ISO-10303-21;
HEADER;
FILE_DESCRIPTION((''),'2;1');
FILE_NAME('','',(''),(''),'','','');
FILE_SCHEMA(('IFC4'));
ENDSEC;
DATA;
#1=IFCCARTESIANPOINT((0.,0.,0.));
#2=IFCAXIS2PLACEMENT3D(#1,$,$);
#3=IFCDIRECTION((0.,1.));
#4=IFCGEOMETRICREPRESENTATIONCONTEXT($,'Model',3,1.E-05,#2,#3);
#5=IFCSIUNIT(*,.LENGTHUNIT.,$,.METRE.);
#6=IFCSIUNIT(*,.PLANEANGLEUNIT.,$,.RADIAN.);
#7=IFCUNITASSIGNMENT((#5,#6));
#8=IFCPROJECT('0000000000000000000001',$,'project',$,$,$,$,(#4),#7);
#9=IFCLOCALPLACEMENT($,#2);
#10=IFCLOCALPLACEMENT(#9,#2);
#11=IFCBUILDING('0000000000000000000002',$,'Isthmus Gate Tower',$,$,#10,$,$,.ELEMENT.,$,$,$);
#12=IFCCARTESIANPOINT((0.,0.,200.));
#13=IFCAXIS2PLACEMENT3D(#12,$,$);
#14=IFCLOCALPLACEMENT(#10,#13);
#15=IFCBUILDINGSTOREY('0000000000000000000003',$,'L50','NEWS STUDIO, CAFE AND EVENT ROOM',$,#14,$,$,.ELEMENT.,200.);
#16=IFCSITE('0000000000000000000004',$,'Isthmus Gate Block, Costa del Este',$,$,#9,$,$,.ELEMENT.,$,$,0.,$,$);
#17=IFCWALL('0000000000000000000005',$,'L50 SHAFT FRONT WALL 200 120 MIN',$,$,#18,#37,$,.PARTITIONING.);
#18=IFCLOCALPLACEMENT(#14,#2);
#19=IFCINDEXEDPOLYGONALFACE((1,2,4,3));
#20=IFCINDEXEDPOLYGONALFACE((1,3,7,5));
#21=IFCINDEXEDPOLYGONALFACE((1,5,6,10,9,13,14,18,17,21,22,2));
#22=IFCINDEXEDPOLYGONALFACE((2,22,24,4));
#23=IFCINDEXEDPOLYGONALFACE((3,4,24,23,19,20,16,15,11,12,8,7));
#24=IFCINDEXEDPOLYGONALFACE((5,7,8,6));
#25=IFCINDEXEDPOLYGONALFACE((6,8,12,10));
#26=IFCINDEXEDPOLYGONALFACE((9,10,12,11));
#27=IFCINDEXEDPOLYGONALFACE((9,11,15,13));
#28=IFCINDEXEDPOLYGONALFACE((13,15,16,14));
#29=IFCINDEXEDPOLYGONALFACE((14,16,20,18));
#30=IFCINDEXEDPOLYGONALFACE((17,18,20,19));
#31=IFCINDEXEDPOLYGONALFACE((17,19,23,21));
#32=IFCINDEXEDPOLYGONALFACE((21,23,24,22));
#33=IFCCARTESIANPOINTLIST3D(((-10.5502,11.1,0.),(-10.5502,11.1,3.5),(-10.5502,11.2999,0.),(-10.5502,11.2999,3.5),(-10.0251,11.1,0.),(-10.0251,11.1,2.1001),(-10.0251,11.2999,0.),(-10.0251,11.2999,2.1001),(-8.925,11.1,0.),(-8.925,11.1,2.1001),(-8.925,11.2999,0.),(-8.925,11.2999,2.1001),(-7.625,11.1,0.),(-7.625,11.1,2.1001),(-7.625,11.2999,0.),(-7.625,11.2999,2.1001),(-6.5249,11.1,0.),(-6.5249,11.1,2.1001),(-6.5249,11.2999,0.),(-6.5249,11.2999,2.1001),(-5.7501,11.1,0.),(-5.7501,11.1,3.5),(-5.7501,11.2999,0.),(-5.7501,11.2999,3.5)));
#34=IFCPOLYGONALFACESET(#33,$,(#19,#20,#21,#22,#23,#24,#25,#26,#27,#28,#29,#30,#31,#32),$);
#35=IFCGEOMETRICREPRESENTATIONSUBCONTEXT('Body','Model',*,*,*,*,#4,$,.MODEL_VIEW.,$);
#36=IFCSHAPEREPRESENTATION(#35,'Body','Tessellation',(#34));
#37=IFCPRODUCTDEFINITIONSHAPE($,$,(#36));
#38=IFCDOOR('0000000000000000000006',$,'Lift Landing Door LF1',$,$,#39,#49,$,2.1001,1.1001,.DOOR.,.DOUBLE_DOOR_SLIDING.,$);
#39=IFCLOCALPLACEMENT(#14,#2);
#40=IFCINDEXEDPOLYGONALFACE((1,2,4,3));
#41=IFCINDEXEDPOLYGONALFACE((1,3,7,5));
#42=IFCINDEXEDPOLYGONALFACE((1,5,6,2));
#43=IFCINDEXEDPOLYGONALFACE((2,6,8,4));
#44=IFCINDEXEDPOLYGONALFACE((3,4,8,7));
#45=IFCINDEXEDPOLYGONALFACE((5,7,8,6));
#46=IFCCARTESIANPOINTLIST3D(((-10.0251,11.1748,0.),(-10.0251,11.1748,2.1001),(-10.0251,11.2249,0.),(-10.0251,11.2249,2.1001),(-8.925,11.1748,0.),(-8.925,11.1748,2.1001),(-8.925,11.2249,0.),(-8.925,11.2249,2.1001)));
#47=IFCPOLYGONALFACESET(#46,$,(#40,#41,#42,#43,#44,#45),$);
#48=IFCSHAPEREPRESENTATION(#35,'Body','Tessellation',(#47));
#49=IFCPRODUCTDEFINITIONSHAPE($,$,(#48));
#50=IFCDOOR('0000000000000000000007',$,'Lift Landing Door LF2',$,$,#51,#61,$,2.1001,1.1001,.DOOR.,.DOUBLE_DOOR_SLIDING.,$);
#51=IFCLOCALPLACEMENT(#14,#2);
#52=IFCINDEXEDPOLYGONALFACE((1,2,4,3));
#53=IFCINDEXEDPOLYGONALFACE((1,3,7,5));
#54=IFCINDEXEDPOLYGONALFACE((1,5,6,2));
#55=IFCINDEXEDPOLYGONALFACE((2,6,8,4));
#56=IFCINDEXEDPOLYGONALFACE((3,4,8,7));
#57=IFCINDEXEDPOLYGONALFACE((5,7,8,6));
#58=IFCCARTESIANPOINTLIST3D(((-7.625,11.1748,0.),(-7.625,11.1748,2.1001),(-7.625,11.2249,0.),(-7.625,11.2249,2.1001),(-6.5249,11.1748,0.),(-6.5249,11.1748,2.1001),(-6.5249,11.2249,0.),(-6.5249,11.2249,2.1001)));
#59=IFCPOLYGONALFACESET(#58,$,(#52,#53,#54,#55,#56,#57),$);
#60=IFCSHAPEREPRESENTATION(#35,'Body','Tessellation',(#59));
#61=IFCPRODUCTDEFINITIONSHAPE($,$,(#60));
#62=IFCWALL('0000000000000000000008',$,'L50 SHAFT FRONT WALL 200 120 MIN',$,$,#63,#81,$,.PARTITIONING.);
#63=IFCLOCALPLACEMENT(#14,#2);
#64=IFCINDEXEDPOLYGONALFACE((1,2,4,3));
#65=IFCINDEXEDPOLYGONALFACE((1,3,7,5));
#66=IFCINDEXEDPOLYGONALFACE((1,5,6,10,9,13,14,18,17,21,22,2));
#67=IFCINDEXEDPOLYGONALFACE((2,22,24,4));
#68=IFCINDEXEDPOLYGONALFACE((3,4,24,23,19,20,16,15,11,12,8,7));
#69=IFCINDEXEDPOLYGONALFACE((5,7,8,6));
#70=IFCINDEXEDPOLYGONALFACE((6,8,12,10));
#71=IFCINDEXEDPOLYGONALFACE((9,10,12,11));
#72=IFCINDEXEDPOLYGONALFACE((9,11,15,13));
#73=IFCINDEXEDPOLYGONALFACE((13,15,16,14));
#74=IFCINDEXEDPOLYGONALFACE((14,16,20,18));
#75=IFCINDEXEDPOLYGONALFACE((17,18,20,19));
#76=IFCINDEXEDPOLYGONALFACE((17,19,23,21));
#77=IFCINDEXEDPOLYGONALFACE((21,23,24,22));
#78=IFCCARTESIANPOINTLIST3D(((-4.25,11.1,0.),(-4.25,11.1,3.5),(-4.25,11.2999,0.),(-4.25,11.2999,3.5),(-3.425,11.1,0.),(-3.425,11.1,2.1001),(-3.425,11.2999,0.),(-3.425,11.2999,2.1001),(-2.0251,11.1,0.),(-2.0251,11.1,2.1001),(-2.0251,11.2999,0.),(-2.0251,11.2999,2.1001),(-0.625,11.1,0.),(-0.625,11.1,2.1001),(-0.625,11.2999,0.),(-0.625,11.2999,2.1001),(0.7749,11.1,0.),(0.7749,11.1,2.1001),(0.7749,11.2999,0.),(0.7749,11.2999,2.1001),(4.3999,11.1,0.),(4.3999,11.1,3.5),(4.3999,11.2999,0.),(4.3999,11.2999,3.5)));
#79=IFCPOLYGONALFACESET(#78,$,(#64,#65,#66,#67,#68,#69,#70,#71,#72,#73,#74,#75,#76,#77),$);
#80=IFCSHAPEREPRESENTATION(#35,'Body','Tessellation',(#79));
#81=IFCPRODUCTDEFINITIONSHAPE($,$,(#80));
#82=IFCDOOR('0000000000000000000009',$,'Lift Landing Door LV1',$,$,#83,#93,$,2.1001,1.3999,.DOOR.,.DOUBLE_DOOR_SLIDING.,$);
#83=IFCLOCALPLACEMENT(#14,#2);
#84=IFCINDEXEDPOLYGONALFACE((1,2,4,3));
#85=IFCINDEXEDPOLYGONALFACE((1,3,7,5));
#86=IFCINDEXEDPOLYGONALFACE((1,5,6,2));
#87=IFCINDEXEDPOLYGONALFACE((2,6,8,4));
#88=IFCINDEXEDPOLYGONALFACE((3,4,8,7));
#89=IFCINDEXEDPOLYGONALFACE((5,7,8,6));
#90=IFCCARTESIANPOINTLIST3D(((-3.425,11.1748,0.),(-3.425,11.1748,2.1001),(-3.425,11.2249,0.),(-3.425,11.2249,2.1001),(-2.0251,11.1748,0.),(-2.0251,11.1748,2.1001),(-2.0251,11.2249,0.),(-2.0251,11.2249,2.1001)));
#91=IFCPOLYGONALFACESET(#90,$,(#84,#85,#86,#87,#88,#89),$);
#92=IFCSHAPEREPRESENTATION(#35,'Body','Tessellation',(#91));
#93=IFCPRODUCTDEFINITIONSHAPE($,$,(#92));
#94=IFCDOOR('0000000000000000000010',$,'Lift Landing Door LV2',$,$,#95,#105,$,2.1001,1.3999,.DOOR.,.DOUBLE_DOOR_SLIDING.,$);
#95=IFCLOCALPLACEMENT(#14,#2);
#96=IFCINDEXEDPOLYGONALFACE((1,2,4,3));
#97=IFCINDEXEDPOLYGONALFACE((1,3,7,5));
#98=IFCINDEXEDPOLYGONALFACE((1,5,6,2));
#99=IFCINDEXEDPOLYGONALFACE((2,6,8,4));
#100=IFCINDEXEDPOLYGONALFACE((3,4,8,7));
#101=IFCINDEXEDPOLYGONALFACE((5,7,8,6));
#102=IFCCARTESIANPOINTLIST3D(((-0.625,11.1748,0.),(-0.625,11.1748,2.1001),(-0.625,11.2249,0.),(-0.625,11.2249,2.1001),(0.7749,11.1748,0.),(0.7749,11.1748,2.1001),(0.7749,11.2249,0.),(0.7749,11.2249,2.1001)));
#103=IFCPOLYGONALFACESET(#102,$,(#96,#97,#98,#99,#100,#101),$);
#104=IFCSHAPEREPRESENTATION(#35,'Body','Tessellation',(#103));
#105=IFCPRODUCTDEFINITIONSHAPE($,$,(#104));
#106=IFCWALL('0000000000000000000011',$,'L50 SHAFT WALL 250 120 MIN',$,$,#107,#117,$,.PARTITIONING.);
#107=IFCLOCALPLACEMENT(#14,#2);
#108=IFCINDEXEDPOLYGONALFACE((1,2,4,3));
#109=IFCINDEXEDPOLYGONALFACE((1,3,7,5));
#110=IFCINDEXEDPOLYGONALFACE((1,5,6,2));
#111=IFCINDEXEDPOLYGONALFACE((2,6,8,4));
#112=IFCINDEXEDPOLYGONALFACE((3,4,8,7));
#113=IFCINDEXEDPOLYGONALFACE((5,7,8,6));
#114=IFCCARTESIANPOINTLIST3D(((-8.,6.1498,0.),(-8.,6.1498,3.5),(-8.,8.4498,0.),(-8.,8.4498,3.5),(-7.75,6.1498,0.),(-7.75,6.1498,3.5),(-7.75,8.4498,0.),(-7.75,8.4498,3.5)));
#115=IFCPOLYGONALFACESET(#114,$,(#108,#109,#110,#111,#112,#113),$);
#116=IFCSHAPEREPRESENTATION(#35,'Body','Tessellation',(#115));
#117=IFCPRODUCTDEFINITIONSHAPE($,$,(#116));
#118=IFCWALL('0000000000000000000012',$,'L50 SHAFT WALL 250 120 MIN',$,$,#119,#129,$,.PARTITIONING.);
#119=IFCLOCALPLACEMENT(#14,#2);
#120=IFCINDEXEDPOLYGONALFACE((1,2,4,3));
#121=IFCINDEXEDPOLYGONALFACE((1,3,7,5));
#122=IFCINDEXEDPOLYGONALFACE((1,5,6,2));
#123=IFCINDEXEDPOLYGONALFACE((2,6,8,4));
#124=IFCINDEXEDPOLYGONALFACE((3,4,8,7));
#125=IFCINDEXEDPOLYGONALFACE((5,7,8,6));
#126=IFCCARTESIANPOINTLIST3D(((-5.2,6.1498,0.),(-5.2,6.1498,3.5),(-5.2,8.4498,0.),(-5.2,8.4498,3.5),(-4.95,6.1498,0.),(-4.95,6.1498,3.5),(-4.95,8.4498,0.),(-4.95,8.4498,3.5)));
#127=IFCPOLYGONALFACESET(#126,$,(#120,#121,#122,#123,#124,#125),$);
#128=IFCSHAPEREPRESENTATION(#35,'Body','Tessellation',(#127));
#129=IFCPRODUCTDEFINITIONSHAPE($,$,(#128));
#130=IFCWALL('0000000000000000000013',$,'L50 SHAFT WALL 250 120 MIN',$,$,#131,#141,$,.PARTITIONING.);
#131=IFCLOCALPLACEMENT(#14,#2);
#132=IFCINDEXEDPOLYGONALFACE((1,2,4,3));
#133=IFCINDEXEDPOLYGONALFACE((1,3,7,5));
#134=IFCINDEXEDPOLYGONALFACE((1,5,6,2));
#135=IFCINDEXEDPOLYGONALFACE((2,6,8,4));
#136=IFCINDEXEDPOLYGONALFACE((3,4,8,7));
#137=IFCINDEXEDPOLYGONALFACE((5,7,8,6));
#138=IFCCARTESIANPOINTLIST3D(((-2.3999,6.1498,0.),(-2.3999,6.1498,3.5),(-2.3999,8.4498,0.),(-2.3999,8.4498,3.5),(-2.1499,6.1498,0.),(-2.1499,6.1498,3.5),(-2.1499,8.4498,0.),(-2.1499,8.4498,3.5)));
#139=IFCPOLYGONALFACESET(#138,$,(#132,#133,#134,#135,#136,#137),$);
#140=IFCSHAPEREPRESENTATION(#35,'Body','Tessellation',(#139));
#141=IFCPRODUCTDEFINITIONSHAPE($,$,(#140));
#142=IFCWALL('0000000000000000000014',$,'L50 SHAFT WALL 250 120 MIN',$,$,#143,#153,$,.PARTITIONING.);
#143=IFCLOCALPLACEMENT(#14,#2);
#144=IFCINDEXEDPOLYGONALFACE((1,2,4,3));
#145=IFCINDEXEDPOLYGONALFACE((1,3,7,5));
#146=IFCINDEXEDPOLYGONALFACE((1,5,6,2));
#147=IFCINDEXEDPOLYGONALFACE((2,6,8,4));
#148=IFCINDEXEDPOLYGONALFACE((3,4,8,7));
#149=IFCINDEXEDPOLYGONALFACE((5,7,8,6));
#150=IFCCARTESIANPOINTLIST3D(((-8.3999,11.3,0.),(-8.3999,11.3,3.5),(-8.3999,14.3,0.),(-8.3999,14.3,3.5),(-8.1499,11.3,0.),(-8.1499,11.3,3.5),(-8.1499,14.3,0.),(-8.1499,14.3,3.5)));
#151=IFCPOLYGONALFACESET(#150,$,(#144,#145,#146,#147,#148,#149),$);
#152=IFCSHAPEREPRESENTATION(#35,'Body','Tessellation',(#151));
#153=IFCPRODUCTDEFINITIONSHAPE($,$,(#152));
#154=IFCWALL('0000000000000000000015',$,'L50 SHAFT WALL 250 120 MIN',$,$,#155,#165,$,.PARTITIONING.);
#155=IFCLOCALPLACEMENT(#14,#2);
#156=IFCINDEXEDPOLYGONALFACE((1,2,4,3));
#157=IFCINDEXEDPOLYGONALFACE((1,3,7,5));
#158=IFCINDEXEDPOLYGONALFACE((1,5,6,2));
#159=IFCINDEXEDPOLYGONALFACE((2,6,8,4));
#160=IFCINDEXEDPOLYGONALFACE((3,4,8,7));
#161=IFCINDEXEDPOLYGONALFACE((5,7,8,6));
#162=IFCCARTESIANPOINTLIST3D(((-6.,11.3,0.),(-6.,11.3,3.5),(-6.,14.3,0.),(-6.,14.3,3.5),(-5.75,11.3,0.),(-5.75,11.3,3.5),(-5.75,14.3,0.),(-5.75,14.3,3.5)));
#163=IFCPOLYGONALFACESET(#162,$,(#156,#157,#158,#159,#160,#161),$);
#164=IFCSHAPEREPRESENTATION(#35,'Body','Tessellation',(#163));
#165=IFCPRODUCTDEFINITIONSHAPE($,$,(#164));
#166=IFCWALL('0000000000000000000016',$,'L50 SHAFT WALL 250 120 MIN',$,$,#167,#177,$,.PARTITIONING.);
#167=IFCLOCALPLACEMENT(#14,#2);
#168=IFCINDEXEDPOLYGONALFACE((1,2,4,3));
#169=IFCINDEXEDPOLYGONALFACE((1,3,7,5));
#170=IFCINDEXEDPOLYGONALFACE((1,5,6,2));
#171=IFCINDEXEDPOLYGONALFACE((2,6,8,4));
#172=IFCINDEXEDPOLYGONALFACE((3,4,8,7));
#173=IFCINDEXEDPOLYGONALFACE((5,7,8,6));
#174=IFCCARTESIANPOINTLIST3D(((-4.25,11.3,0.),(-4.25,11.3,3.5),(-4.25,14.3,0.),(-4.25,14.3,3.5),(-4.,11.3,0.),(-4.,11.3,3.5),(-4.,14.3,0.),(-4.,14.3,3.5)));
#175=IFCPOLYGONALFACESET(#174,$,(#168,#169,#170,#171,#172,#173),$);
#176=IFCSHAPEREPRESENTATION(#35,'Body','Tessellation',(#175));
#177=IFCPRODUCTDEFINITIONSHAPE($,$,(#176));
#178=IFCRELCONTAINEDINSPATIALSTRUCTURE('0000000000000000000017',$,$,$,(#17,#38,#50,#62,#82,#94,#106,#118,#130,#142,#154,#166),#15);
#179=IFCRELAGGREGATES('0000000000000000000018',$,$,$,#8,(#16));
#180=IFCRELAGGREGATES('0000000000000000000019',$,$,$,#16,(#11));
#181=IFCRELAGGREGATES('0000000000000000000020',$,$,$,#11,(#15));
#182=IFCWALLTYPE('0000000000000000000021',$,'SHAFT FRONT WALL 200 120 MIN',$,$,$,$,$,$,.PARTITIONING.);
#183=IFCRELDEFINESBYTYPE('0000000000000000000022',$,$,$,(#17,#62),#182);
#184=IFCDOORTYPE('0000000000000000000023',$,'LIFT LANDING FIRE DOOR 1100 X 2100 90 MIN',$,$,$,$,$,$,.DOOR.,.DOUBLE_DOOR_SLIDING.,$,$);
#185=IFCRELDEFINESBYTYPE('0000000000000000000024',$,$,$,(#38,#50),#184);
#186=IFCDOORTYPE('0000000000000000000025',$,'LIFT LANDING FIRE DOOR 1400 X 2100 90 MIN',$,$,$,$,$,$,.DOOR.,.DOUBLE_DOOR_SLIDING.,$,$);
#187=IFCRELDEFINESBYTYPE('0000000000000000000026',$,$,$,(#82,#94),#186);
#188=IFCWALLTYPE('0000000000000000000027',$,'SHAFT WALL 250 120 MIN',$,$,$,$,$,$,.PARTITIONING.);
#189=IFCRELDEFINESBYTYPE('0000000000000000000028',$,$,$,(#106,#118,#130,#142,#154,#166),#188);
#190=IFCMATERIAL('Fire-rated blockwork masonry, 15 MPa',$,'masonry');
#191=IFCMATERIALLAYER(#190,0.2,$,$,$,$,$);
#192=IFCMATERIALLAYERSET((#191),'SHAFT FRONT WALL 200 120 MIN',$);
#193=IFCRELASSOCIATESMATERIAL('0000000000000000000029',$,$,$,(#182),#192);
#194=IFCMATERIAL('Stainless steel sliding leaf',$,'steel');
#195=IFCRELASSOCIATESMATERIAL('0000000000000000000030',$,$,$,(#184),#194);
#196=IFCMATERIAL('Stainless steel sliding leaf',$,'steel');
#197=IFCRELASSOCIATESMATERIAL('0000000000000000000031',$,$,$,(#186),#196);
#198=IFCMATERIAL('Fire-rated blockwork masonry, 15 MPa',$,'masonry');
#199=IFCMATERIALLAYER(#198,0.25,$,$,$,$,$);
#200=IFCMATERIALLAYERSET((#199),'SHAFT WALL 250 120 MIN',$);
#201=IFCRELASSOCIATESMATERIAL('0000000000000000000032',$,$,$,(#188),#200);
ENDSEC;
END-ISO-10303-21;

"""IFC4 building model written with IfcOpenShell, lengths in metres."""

from ifc_helpers import new_model, si_unit, direction, frame, frame_2d, origin, place, context, subcontext, project, spatial, rectangle, extrude, material, layer, layer_set, type_object, element, fill, save


model = new_model("IFC4")

# Units and contexts
model_context = context("Model", 3, precision=1e-05, world=origin(), true_north=direction((0.0, 1.0)))
body_context = subcontext(model_context, "Body", "Model", "MODEL_VIEW")
ifc_project = project(units=[si_unit("LENGTHUNIT", "METRE"), si_unit("PLANEANGLEUNIT", "RADIAN")], contexts=[model_context])

# Site, building, storey
site_placement = place(None, origin())
site = spatial("IfcSite", under=ifc_project, at=site_placement, Name="Isthmus Gate Block, Costa del Este", CompositionType="ELEMENT", RefElevation=0.0)
building_placement = place(site_placement, origin())
building = spatial("IfcBuilding", under=site, at=building_placement, Name="Isthmus Gate Tower", CompositionType="ELEMENT")
storey_placement = place(building_placement, frame((0.0, 0.0, 200.0)))
storey = spatial("IfcBuildingStorey", under=building, at=storey_placement, Name="L50", Description="NEWS STUDIO, CAFE AND EVENT ROOM", CompositionType="ELEMENT", Elevation=200.0)

# Walls, openings, doors
ifc_material_1 = material(Name="Fire-rated blockwork masonry, 15 MPa", Category="masonry")
ifc_layer_1 = layer(ifc_material_1, 0.2)
ifc_layer_set_1 = layer_set([ifc_layer_1], Name="SHAFT FRONT WALL 200 120 MIN")
wall_type_1 = type_object("IfcWallType", Name="SHAFT FRONT WALL 200 120 MIN", PredefinedType="PARTITIONING", material=ifc_layer_set_1)
wall_1_placement = place(storey_placement, frame((-10.55, 11.2, 0.0), z_axis=(0.0, 0.0, 1.0), x_axis=(1.0, 0.0, 0.0)))
wall_1 = element("IfcWall", 1, at=wall_1_placement, inside=storey, type_object=wall_type_1, Name="L50 SHAFT FRONT WALL 200 120 MIN", PredefinedType="PARTITIONING", context=body_context, shape_type="SweptSolid", body=[
    extrude(rectangle(XDim=4.8, YDim=0.2, at=frame_2d((2.3999, 0.0))), origin(), (0.0, 0.0, 1.0), 3.5),
])
opening_1_placement = place(wall_1_placement, frame((0.5249, 0.0, 0.0)))
opening_1 = element("IfcOpeningElement", 2, at=opening_1_placement, cuts=wall_1, PredefinedType="OPENING", context=body_context, shape_type="SweptSolid", body=[
    extrude(rectangle(XDim=1.1001, YDim=2.1001, at=frame_2d((0.55, 1.05))), frame((0.0, 0.1099, 0.0), z_axis=(0.0, -1.0, 0.0), x_axis=(1.0, 0.0, 0.0)), (0.0, 0.0, 1.0), 0.22),
])
opening_2_placement = place(wall_1_placement, frame((2.925, 0.0, 0.0)))
opening_2 = element("IfcOpeningElement", 3, at=opening_2_placement, cuts=wall_1, PredefinedType="OPENING", context=body_context, shape_type="SweptSolid", body=[
    extrude(rectangle(XDim=1.1001, YDim=2.1001, at=frame_2d((0.55, 1.05))), frame((0.0, 0.1099, 0.0), z_axis=(0.0, -1.0, 0.0), x_axis=(1.0, 0.0, 0.0)), (0.0, 0.0, 1.0), 0.22),
])
ifc_material_2 = material(Name="Stainless steel sliding leaf", Category="steel")
door_type_1 = type_object("IfcDoorType", Name="LIFT LANDING FIRE DOOR 1100 X 2100 90 MIN", OperationType="DOUBLE_DOOR_SLIDING", PredefinedType="DOOR", material=ifc_material_2)
door_1_placement = place(opening_1_placement, origin())
door_1 = element("IfcDoor", 4, at=door_1_placement, inside=storey, type_object=door_type_1, Name="Lift Landing Door LF1", OperationType="DOUBLE_DOOR_SLIDING", OverallHeight=2.1001, OverallWidth=1.1001, PredefinedType="DOOR", context=body_context, shape_type="SweptSolid", body=[
    extrude(rectangle(XDim=1.1001, YDim=2.1001, at=frame_2d((0.55, 1.05))), frame((0.0, 0.0249, 0.0), z_axis=(0.0, -1.0, 0.0), x_axis=(1.0, 0.0, 0.0)), (0.0, 0.0, 1.0), 0.05),
])
fill(opening_1, door_1)
door_2_placement = place(opening_2_placement, origin())
door_2 = element("IfcDoor", 5, at=door_2_placement, inside=storey, type_object=door_type_1, Name="Lift Landing Door LF2", OperationType="DOUBLE_DOOR_SLIDING", OverallHeight=2.1001, OverallWidth=1.1001, PredefinedType="DOOR", context=body_context, shape_type="SweptSolid", body=[
    extrude(rectangle(XDim=1.1001, YDim=2.1001, at=frame_2d((0.55, 1.05))), frame((0.0, 0.0249, 0.0), z_axis=(0.0, -1.0, 0.0), x_axis=(1.0, 0.0, 0.0)), (0.0, 0.0, 1.0), 0.05),
])
fill(opening_2, door_2)
wall_2_placement = place(storey_placement, frame((-4.25, 11.2, 0.0), z_axis=(0.0, 0.0, 1.0), x_axis=(1.0, 0.0, 0.0)))
wall_2 = element("IfcWall", 6, at=wall_2_placement, inside=storey, type_object=wall_type_1, Name="L50 SHAFT FRONT WALL 200 120 MIN", PredefinedType="PARTITIONING", context=body_context, shape_type="SweptSolid", body=[
    extrude(rectangle(XDim=8.6499, YDim=0.2, at=frame_2d((4.325, 0.0))), origin(), (0.0, 0.0, 1.0), 3.5),
])
opening_3_placement = place(wall_2_placement, frame((0.825, 0.0, 0.0)))
opening_3 = element("IfcOpeningElement", 7, at=opening_3_placement, cuts=wall_2, PredefinedType="OPENING", context=body_context, shape_type="SweptSolid", body=[
    extrude(rectangle(XDim=1.3999, YDim=2.1001, at=frame_2d((0.7, 1.05))), frame((0.0, 0.1099, 0.0), z_axis=(0.0, -1.0, 0.0), x_axis=(1.0, 0.0, 0.0)), (0.0, 0.0, 1.0), 0.22),
])
opening_4_placement = place(wall_2_placement, frame((3.625, 0.0, 0.0)))
opening_4 = element("IfcOpeningElement", 8, at=opening_4_placement, cuts=wall_2, PredefinedType="OPENING", context=body_context, shape_type="SweptSolid", body=[
    extrude(rectangle(XDim=1.3999, YDim=2.1001, at=frame_2d((0.7, 1.05))), frame((0.0, 0.1099, 0.0), z_axis=(0.0, -1.0, 0.0), x_axis=(1.0, 0.0, 0.0)), (0.0, 0.0, 1.0), 0.22),
])
ifc_material_3 = material(Name="Stainless steel sliding leaf", Category="steel")
door_type_2 = type_object("IfcDoorType", Name="LIFT LANDING FIRE DOOR 1400 X 2100 90 MIN", OperationType="DOUBLE_DOOR_SLIDING", PredefinedType="DOOR", material=ifc_material_3)
door_3_placement = place(opening_3_placement, origin())
door_3 = element("IfcDoor", 9, at=door_3_placement, inside=storey, type_object=door_type_2, Name="Lift Landing Door LV1", OperationType="DOUBLE_DOOR_SLIDING", OverallHeight=2.1001, OverallWidth=1.3999, PredefinedType="DOOR", context=body_context, shape_type="SweptSolid", body=[
    extrude(rectangle(XDim=1.3999, YDim=2.1001, at=frame_2d((0.7, 1.05))), frame((0.0, 0.0249, 0.0), z_axis=(0.0, -1.0, 0.0), x_axis=(1.0, 0.0, 0.0)), (0.0, 0.0, 1.0), 0.05),
])
fill(opening_3, door_3)
door_4_placement = place(opening_4_placement, origin())
door_4 = element("IfcDoor", 10, at=door_4_placement, inside=storey, type_object=door_type_2, Name="Lift Landing Door LV2", OperationType="DOUBLE_DOOR_SLIDING", OverallHeight=2.1001, OverallWidth=1.3999, PredefinedType="DOOR", context=body_context, shape_type="SweptSolid", body=[
    extrude(rectangle(XDim=1.3999, YDim=2.1001, at=frame_2d((0.7, 1.05))), frame((0.0, 0.0249, 0.0), z_axis=(0.0, -1.0, 0.0), x_axis=(1.0, 0.0, 0.0)), (0.0, 0.0, 1.0), 0.05),
])
fill(opening_4, door_4)

# Walls
ifc_material_4 = material(Name="Fire-rated blockwork masonry, 15 MPa", Category="masonry")
ifc_layer_2 = layer(ifc_material_4, 0.25)
ifc_layer_set_2 = layer_set([ifc_layer_2], Name="SHAFT WALL 250 120 MIN")
wall_type_2 = type_object("IfcWallType", Name="SHAFT WALL 250 120 MIN", PredefinedType="PARTITIONING", material=ifc_layer_set_2)
for number, where, z_axis, x_axis, name in (
    (11, (-7.875, 6.1499, 0.0), (0.0, 0.0, 1.0), (0.0, 1.0, 0.0), "L50 SHAFT WALL 250 120 MIN"),
    (12, (-5.075, 6.1499, 0.0), (0.0, 0.0, 1.0), (0.0, 1.0, 0.0), "L50 SHAFT WALL 250 120 MIN"),
    (13, (-2.2749, 6.1499, 0.0), (0.0, 0.0, 1.0), (0.0, 1.0, 0.0), "L50 SHAFT WALL 250 120 MIN"),
):
    element("IfcWall", number, at=place(storey_placement, frame(where, z_axis=z_axis, x_axis=x_axis)), inside=storey, type_object=wall_type_2, Name=name, PredefinedType="PARTITIONING", context=body_context, shape_type="SweptSolid", body=[
        extrude(rectangle(XDim=2.3, YDim=0.25, at=frame_2d((1.1499, 0.0))), origin(), (0.0, 0.0, 1.0), 3.5),
    ])
for number, where, z_axis, x_axis, name in (
    (14, (-8.2749, 11.3, 0.0), (0.0, 0.0, 1.0), (0.0, 1.0, 0.0), "L50 SHAFT WALL 250 120 MIN"),
    (15, (-5.875, 11.3, 0.0), (0.0, 0.0, 1.0), (0.0, 1.0, 0.0), "L50 SHAFT WALL 250 120 MIN"),
    (16, (-4.125, 11.3, 0.0), (0.0, 0.0, 1.0), (0.0, 1.0, 0.0), "L50 SHAFT WALL 250 120 MIN"),
):
    element("IfcWall", number, at=place(storey_placement, frame(where, z_axis=z_axis, x_axis=x_axis)), inside=storey, type_object=wall_type_2, Name=name, PredefinedType="PARTITIONING", context=body_context, shape_type="SweptSolid", body=[
        extrude(rectangle(XDim=3.0, YDim=0.25, at=frame_2d((1.5, 0.0))), origin(), (0.0, 0.0, 1.0), 3.5),
    ])

save(model, "model.ifc")
